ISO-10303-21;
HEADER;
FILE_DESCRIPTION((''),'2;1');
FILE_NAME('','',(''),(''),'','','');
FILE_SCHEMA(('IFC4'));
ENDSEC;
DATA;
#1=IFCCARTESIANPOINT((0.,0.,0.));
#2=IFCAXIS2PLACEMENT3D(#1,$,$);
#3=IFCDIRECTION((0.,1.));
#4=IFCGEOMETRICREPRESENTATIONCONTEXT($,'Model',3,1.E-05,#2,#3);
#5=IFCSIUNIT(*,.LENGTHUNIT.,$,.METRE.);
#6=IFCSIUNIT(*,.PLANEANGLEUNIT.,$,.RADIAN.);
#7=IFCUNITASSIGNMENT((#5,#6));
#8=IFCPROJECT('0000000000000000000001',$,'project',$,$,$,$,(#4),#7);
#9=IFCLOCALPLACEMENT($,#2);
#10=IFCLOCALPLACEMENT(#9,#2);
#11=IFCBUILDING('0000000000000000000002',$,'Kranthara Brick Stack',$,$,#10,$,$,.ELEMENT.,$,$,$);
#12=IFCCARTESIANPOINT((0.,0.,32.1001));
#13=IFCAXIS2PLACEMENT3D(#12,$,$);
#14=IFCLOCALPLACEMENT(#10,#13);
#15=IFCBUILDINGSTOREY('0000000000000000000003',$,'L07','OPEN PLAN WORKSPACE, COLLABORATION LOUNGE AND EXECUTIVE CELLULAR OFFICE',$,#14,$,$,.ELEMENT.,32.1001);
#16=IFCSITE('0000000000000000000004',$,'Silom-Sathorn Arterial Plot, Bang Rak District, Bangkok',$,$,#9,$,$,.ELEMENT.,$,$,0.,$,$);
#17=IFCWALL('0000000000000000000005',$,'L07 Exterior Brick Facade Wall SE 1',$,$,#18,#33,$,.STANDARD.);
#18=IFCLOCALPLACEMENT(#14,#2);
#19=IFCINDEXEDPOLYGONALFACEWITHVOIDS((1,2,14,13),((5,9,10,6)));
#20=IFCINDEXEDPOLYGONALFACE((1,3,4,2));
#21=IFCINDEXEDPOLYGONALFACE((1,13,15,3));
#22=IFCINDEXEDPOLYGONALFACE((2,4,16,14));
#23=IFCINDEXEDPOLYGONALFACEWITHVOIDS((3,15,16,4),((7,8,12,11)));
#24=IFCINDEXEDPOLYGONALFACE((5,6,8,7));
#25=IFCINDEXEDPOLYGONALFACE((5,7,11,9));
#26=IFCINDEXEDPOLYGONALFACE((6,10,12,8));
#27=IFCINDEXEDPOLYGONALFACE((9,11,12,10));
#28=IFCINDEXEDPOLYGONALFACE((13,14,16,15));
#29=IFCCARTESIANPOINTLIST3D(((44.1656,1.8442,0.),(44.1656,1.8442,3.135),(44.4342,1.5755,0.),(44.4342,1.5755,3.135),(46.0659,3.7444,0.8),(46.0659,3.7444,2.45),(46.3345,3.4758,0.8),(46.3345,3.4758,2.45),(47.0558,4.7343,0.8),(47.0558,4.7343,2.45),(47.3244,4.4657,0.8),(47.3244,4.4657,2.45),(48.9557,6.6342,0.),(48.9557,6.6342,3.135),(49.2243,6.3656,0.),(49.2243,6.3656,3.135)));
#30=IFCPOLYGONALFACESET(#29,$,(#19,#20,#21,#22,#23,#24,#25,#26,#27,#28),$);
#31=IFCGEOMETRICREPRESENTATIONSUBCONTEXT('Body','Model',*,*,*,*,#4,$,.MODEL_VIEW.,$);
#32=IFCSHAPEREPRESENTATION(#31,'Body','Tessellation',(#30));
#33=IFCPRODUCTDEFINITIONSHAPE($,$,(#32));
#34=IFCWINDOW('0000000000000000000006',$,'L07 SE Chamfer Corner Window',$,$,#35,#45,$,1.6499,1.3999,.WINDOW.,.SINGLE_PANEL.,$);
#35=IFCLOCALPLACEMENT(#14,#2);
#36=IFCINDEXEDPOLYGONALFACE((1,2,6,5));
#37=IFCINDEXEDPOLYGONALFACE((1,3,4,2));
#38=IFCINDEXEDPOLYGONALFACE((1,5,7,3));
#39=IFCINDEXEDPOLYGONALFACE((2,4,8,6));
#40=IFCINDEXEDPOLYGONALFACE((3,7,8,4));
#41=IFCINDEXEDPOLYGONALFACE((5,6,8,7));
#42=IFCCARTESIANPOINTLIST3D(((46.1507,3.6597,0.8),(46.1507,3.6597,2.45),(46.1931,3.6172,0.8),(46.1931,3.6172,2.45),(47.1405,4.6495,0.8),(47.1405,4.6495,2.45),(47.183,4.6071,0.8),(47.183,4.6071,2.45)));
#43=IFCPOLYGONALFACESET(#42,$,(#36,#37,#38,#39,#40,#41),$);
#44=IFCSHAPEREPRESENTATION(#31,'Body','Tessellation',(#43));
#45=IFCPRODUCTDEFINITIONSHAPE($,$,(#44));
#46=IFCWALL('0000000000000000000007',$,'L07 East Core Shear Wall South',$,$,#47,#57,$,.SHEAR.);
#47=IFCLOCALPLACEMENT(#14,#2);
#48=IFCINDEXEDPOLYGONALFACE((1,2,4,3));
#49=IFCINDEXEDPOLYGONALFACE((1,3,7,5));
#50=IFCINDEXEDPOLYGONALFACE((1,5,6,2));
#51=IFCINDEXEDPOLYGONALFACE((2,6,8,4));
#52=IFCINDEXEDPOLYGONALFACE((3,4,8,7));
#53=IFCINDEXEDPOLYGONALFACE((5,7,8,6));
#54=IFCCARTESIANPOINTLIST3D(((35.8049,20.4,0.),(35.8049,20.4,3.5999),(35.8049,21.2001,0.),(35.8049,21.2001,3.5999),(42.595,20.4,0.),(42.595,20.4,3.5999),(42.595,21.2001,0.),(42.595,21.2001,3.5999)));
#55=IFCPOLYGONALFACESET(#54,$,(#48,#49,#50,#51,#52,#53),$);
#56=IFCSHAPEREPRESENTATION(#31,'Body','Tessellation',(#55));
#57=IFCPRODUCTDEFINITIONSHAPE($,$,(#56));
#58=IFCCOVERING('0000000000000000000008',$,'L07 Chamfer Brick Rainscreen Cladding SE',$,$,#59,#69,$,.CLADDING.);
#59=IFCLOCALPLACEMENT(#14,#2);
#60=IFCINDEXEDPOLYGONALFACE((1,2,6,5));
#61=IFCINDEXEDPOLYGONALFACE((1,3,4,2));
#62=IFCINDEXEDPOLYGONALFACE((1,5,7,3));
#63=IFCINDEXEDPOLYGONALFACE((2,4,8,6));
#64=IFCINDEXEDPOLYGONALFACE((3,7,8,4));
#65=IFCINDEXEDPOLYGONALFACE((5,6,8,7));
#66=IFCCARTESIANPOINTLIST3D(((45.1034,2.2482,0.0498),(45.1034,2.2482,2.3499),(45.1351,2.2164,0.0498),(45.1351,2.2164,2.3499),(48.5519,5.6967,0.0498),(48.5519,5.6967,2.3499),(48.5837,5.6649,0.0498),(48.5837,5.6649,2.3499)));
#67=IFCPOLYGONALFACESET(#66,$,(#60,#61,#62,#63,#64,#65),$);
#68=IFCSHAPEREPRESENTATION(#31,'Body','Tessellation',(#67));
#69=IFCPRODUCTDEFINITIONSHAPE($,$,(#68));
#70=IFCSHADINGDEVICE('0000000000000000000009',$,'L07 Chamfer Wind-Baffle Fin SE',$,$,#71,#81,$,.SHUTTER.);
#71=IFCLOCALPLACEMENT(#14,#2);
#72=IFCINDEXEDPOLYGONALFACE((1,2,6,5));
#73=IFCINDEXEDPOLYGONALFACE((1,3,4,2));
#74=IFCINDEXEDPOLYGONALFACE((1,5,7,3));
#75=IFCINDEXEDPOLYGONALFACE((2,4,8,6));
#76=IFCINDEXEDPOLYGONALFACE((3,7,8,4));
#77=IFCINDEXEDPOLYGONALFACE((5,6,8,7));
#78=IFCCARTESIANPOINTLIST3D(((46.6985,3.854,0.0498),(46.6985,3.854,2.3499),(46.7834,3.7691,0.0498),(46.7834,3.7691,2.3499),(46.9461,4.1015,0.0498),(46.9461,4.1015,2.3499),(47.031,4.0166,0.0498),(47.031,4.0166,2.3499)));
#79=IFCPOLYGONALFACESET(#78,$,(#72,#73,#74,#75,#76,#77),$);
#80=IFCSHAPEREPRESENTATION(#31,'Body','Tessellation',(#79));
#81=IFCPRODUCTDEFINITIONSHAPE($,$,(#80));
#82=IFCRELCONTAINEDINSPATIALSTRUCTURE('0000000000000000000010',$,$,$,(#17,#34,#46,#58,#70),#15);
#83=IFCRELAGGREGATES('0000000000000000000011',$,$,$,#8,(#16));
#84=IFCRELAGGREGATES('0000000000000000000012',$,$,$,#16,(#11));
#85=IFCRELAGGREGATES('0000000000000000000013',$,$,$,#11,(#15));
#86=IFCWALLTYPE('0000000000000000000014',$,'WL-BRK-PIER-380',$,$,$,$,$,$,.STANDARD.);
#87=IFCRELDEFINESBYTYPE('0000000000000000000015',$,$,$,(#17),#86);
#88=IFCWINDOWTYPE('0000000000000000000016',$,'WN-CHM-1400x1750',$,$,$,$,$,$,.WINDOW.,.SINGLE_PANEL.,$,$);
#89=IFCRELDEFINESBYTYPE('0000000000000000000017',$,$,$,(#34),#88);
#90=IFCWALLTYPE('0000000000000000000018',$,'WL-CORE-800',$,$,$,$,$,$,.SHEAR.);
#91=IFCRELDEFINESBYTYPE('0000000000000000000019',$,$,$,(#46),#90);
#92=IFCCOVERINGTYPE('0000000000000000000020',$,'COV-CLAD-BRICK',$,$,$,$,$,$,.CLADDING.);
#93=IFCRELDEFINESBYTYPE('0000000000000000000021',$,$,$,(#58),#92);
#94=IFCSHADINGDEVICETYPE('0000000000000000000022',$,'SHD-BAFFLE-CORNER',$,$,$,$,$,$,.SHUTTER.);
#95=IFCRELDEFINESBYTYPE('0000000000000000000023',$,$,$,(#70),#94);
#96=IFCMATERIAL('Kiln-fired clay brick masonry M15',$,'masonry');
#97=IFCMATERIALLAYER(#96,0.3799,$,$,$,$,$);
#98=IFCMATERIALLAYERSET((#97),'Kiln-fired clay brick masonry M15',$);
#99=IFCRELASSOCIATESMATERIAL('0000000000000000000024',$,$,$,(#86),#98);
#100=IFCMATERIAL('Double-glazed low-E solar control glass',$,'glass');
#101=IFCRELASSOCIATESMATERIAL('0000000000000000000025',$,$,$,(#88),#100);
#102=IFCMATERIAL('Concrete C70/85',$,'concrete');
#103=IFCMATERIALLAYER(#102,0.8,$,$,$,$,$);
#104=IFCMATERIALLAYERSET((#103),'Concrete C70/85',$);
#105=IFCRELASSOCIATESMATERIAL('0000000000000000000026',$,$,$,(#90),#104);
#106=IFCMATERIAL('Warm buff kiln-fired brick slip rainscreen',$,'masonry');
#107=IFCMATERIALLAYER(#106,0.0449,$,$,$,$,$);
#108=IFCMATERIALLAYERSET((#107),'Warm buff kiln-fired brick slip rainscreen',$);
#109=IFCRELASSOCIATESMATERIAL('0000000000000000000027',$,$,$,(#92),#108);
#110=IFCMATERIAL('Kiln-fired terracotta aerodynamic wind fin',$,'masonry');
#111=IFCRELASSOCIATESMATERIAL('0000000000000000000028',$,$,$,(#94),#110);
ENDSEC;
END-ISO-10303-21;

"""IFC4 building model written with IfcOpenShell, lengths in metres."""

from ifc_helpers import new_model, si_unit, direction, frame, frame_2d, origin, origin_2d, place, context, subcontext, project, spatial, rectangle, extrude, material, layer, layer_set, type_object, element, fill, save


model = new_model("IFC4")

# Units and contexts
model_context = context("Model", 3, precision=1e-05, world=origin(), true_north=direction((0.0, 1.0)))
body_context = subcontext(model_context, "Body", "Model", "MODEL_VIEW")
ifc_project = project(units=[si_unit("LENGTHUNIT", "METRE"), si_unit("PLANEANGLEUNIT", "RADIAN")], contexts=[model_context])

# Site, building, storey
site_placement = place(None, origin())
site = spatial("IfcSite", under=ifc_project, at=site_placement, Name="Silom-Sathorn Arterial Plot, Bang Rak District, Bangkok", CompositionType="ELEMENT", RefElevation=0.0)
building_placement = place(site_placement, origin())
building = spatial("IfcBuilding", under=site, at=building_placement, Name="Kranthara Brick Stack", CompositionType="ELEMENT")
storey_placement = place(building_placement, frame((0.0, 0.0, 32.1001)))
storey = spatial("IfcBuildingStorey", under=building, at=storey_placement, Name="L07", Description="OPEN PLAN WORKSPACE, COLLABORATION LOUNGE AND EXECUTIVE CELLULAR OFFICE", CompositionType="ELEMENT", Elevation=32.1001)

# Shared definitions
ifc_material_1 = material(Name="Kiln-fired clay brick masonry M15", Category="masonry")
ifc_layer_1 = layer(ifc_material_1, 0.3799)
ifc_layer_set_1 = layer_set([ifc_layer_1], Name="Kiln-fired clay brick masonry M15")
wall_type_1 = type_object("IfcWallType", Name="WL-BRK-PIER-380", PredefinedType="STANDARD", material=ifc_layer_set_1)

# Wall, opening, window
wall_1_placement = place(storey_placement, frame((49.0901, 6.5, 0.0), z_axis=(0.0, 0.0, 1.0), x_axis=(-0.707107, -0.707107, 0.0)))
wall_1 = element("IfcWall", 1, at=wall_1_placement, inside=storey, type_object=wall_type_1, Name="L07 Exterior Brick Facade Wall SE 1", PredefinedType="STANDARD", context=body_context, shape_type="SweptSolid", body=[
    extrude(rectangle(XDim=6.7742, YDim=0.3799, at=frame_2d((3.3872, 0.0))), origin(), (0.0, 0.0, 1.0), 3.135),
])
opening_1_placement = place(wall_1_placement, frame((2.687, 0.0, 0.8)))
opening_1 = element("IfcOpeningElement", 2, at=opening_1_placement, cuts=wall_1, PredefinedType="OPENING", context=body_context, shape_type="SweptSolid", body=[
    extrude(rectangle(XDim=1.3999, YDim=1.6499, at=frame_2d((0.7, 0.825))), frame((0.0, 0.2, 0.0), z_axis=(0.0, -1.0, 0.0), x_axis=(1.0, 0.0, 0.0)), (0.0, 0.0, 1.0), 0.3999),
])
ifc_material_2 = material(Name="Double-glazed low-E solar control glass", Category="glass")
window_type_1 = type_object("IfcWindowType", Name="WN-CHM-1400x1750", PartitioningType="SINGLE_PANEL", PredefinedType="WINDOW", material=ifc_material_2)
window_1_placement = place(opening_1_placement, origin())
window_1 = element("IfcWindow", 3, at=window_1_placement, inside=storey, type_object=window_type_1, Name="L07 SE Chamfer Corner Window", OverallHeight=1.6499, OverallWidth=1.3999, PartitioningType="SINGLE_PANEL", PredefinedType="WINDOW", context=body_context, shape_type="SweptSolid", body=[
    extrude(rectangle(XDim=1.3999, YDim=1.6499, at=frame_2d((0.7, 0.825))), frame((0.0, -0.01, 0.0), z_axis=(0.0, -1.0, 0.0), x_axis=(1.0, 0.0, 0.0)), (0.0, 0.0, 1.0), 0.0601),
])
fill(opening_1, window_1)

# Wall
ifc_material_3 = material(Name="Concrete C70/85", Category="concrete")
ifc_layer_2 = layer(ifc_material_3, 0.8)
ifc_layer_set_2 = layer_set([ifc_layer_2], Name="Concrete C70/85")
wall_type_2 = type_object("IfcWallType", Name="WL-CORE-800", PredefinedType="SHEAR", material=ifc_layer_set_2)
wall_2_placement = place(storey_placement, frame((35.8049, 20.8, 0.0), z_axis=(0.0, 0.0, 1.0), x_axis=(1.0, 0.0, 0.0)))
element("IfcWall", 4, at=wall_2_placement, inside=storey, type_object=wall_type_2, Name="L07 East Core Shear Wall South", PredefinedType="SHEAR", context=body_context, shape_type="SweptSolid", body=[
    extrude(rectangle(XDim=6.79, YDim=0.8, at=frame_2d((3.395, 0.0))), origin(), (0.0, 0.0, 1.0), 3.5999),
])

# Covering
ifc_material_4 = material(Name="Warm buff kiln-fired brick slip rainscreen", Category="masonry")
ifc_layer_3 = layer(ifc_material_4, 0.0449)
ifc_layer_set_3 = layer_set([ifc_layer_3], Name="Warm buff kiln-fired brick slip rainscreen")
covering_type = type_object("IfcCoveringType", Name="COV-CLAD-BRICK", PredefinedType="CLADDING", material=ifc_layer_set_3)
covering_placement = place(storey_placement, frame((46.8435, 3.9565, 0.0498), z_axis=(0.0, 0.0, 1.0), x_axis=(-0.707107, -0.707107, 0.0)))
element("IfcCovering", 5, at=covering_placement, inside=storey, type_object=covering_type, Name="L07 Chamfer Brick Rainscreen Cladding SE", PredefinedType="CLADDING", context=body_context, shape_type="SweptSolid", body=[
    extrude(rectangle(XDim=4.877, YDim=0.0449, at=origin_2d()), origin(), (0.0, 0.0, 1.0), 2.3),
])

# Shading device
ifc_material_5 = material(Name="Kiln-fired terracotta aerodynamic wind fin", Category="masonry")
shading_device_type = type_object("IfcShadingDeviceType", Name="SHD-BAFFLE-CORNER", PredefinedType="SHUTTER", material=ifc_material_5)
shading_device_placement = place(storey_placement, frame((46.8647, 3.9353, 0.0498), z_axis=(0.0, 0.0, 1.0), x_axis=(-0.707107, -0.707107, 0.0)))
element("IfcShadingDevice", 6, at=shading_device_placement, inside=storey, type_object=shading_device_type, Name="L07 Chamfer Wind-Baffle Fin SE", PredefinedType="SHUTTER", context=body_context, shape_type="SweptSolid", body=[
    extrude(rectangle(XDim=0.3501, YDim=0.1201, at=origin_2d()), origin(), (0.0, 0.0, 1.0), 2.3),
])

save(model, "model.ifc")
